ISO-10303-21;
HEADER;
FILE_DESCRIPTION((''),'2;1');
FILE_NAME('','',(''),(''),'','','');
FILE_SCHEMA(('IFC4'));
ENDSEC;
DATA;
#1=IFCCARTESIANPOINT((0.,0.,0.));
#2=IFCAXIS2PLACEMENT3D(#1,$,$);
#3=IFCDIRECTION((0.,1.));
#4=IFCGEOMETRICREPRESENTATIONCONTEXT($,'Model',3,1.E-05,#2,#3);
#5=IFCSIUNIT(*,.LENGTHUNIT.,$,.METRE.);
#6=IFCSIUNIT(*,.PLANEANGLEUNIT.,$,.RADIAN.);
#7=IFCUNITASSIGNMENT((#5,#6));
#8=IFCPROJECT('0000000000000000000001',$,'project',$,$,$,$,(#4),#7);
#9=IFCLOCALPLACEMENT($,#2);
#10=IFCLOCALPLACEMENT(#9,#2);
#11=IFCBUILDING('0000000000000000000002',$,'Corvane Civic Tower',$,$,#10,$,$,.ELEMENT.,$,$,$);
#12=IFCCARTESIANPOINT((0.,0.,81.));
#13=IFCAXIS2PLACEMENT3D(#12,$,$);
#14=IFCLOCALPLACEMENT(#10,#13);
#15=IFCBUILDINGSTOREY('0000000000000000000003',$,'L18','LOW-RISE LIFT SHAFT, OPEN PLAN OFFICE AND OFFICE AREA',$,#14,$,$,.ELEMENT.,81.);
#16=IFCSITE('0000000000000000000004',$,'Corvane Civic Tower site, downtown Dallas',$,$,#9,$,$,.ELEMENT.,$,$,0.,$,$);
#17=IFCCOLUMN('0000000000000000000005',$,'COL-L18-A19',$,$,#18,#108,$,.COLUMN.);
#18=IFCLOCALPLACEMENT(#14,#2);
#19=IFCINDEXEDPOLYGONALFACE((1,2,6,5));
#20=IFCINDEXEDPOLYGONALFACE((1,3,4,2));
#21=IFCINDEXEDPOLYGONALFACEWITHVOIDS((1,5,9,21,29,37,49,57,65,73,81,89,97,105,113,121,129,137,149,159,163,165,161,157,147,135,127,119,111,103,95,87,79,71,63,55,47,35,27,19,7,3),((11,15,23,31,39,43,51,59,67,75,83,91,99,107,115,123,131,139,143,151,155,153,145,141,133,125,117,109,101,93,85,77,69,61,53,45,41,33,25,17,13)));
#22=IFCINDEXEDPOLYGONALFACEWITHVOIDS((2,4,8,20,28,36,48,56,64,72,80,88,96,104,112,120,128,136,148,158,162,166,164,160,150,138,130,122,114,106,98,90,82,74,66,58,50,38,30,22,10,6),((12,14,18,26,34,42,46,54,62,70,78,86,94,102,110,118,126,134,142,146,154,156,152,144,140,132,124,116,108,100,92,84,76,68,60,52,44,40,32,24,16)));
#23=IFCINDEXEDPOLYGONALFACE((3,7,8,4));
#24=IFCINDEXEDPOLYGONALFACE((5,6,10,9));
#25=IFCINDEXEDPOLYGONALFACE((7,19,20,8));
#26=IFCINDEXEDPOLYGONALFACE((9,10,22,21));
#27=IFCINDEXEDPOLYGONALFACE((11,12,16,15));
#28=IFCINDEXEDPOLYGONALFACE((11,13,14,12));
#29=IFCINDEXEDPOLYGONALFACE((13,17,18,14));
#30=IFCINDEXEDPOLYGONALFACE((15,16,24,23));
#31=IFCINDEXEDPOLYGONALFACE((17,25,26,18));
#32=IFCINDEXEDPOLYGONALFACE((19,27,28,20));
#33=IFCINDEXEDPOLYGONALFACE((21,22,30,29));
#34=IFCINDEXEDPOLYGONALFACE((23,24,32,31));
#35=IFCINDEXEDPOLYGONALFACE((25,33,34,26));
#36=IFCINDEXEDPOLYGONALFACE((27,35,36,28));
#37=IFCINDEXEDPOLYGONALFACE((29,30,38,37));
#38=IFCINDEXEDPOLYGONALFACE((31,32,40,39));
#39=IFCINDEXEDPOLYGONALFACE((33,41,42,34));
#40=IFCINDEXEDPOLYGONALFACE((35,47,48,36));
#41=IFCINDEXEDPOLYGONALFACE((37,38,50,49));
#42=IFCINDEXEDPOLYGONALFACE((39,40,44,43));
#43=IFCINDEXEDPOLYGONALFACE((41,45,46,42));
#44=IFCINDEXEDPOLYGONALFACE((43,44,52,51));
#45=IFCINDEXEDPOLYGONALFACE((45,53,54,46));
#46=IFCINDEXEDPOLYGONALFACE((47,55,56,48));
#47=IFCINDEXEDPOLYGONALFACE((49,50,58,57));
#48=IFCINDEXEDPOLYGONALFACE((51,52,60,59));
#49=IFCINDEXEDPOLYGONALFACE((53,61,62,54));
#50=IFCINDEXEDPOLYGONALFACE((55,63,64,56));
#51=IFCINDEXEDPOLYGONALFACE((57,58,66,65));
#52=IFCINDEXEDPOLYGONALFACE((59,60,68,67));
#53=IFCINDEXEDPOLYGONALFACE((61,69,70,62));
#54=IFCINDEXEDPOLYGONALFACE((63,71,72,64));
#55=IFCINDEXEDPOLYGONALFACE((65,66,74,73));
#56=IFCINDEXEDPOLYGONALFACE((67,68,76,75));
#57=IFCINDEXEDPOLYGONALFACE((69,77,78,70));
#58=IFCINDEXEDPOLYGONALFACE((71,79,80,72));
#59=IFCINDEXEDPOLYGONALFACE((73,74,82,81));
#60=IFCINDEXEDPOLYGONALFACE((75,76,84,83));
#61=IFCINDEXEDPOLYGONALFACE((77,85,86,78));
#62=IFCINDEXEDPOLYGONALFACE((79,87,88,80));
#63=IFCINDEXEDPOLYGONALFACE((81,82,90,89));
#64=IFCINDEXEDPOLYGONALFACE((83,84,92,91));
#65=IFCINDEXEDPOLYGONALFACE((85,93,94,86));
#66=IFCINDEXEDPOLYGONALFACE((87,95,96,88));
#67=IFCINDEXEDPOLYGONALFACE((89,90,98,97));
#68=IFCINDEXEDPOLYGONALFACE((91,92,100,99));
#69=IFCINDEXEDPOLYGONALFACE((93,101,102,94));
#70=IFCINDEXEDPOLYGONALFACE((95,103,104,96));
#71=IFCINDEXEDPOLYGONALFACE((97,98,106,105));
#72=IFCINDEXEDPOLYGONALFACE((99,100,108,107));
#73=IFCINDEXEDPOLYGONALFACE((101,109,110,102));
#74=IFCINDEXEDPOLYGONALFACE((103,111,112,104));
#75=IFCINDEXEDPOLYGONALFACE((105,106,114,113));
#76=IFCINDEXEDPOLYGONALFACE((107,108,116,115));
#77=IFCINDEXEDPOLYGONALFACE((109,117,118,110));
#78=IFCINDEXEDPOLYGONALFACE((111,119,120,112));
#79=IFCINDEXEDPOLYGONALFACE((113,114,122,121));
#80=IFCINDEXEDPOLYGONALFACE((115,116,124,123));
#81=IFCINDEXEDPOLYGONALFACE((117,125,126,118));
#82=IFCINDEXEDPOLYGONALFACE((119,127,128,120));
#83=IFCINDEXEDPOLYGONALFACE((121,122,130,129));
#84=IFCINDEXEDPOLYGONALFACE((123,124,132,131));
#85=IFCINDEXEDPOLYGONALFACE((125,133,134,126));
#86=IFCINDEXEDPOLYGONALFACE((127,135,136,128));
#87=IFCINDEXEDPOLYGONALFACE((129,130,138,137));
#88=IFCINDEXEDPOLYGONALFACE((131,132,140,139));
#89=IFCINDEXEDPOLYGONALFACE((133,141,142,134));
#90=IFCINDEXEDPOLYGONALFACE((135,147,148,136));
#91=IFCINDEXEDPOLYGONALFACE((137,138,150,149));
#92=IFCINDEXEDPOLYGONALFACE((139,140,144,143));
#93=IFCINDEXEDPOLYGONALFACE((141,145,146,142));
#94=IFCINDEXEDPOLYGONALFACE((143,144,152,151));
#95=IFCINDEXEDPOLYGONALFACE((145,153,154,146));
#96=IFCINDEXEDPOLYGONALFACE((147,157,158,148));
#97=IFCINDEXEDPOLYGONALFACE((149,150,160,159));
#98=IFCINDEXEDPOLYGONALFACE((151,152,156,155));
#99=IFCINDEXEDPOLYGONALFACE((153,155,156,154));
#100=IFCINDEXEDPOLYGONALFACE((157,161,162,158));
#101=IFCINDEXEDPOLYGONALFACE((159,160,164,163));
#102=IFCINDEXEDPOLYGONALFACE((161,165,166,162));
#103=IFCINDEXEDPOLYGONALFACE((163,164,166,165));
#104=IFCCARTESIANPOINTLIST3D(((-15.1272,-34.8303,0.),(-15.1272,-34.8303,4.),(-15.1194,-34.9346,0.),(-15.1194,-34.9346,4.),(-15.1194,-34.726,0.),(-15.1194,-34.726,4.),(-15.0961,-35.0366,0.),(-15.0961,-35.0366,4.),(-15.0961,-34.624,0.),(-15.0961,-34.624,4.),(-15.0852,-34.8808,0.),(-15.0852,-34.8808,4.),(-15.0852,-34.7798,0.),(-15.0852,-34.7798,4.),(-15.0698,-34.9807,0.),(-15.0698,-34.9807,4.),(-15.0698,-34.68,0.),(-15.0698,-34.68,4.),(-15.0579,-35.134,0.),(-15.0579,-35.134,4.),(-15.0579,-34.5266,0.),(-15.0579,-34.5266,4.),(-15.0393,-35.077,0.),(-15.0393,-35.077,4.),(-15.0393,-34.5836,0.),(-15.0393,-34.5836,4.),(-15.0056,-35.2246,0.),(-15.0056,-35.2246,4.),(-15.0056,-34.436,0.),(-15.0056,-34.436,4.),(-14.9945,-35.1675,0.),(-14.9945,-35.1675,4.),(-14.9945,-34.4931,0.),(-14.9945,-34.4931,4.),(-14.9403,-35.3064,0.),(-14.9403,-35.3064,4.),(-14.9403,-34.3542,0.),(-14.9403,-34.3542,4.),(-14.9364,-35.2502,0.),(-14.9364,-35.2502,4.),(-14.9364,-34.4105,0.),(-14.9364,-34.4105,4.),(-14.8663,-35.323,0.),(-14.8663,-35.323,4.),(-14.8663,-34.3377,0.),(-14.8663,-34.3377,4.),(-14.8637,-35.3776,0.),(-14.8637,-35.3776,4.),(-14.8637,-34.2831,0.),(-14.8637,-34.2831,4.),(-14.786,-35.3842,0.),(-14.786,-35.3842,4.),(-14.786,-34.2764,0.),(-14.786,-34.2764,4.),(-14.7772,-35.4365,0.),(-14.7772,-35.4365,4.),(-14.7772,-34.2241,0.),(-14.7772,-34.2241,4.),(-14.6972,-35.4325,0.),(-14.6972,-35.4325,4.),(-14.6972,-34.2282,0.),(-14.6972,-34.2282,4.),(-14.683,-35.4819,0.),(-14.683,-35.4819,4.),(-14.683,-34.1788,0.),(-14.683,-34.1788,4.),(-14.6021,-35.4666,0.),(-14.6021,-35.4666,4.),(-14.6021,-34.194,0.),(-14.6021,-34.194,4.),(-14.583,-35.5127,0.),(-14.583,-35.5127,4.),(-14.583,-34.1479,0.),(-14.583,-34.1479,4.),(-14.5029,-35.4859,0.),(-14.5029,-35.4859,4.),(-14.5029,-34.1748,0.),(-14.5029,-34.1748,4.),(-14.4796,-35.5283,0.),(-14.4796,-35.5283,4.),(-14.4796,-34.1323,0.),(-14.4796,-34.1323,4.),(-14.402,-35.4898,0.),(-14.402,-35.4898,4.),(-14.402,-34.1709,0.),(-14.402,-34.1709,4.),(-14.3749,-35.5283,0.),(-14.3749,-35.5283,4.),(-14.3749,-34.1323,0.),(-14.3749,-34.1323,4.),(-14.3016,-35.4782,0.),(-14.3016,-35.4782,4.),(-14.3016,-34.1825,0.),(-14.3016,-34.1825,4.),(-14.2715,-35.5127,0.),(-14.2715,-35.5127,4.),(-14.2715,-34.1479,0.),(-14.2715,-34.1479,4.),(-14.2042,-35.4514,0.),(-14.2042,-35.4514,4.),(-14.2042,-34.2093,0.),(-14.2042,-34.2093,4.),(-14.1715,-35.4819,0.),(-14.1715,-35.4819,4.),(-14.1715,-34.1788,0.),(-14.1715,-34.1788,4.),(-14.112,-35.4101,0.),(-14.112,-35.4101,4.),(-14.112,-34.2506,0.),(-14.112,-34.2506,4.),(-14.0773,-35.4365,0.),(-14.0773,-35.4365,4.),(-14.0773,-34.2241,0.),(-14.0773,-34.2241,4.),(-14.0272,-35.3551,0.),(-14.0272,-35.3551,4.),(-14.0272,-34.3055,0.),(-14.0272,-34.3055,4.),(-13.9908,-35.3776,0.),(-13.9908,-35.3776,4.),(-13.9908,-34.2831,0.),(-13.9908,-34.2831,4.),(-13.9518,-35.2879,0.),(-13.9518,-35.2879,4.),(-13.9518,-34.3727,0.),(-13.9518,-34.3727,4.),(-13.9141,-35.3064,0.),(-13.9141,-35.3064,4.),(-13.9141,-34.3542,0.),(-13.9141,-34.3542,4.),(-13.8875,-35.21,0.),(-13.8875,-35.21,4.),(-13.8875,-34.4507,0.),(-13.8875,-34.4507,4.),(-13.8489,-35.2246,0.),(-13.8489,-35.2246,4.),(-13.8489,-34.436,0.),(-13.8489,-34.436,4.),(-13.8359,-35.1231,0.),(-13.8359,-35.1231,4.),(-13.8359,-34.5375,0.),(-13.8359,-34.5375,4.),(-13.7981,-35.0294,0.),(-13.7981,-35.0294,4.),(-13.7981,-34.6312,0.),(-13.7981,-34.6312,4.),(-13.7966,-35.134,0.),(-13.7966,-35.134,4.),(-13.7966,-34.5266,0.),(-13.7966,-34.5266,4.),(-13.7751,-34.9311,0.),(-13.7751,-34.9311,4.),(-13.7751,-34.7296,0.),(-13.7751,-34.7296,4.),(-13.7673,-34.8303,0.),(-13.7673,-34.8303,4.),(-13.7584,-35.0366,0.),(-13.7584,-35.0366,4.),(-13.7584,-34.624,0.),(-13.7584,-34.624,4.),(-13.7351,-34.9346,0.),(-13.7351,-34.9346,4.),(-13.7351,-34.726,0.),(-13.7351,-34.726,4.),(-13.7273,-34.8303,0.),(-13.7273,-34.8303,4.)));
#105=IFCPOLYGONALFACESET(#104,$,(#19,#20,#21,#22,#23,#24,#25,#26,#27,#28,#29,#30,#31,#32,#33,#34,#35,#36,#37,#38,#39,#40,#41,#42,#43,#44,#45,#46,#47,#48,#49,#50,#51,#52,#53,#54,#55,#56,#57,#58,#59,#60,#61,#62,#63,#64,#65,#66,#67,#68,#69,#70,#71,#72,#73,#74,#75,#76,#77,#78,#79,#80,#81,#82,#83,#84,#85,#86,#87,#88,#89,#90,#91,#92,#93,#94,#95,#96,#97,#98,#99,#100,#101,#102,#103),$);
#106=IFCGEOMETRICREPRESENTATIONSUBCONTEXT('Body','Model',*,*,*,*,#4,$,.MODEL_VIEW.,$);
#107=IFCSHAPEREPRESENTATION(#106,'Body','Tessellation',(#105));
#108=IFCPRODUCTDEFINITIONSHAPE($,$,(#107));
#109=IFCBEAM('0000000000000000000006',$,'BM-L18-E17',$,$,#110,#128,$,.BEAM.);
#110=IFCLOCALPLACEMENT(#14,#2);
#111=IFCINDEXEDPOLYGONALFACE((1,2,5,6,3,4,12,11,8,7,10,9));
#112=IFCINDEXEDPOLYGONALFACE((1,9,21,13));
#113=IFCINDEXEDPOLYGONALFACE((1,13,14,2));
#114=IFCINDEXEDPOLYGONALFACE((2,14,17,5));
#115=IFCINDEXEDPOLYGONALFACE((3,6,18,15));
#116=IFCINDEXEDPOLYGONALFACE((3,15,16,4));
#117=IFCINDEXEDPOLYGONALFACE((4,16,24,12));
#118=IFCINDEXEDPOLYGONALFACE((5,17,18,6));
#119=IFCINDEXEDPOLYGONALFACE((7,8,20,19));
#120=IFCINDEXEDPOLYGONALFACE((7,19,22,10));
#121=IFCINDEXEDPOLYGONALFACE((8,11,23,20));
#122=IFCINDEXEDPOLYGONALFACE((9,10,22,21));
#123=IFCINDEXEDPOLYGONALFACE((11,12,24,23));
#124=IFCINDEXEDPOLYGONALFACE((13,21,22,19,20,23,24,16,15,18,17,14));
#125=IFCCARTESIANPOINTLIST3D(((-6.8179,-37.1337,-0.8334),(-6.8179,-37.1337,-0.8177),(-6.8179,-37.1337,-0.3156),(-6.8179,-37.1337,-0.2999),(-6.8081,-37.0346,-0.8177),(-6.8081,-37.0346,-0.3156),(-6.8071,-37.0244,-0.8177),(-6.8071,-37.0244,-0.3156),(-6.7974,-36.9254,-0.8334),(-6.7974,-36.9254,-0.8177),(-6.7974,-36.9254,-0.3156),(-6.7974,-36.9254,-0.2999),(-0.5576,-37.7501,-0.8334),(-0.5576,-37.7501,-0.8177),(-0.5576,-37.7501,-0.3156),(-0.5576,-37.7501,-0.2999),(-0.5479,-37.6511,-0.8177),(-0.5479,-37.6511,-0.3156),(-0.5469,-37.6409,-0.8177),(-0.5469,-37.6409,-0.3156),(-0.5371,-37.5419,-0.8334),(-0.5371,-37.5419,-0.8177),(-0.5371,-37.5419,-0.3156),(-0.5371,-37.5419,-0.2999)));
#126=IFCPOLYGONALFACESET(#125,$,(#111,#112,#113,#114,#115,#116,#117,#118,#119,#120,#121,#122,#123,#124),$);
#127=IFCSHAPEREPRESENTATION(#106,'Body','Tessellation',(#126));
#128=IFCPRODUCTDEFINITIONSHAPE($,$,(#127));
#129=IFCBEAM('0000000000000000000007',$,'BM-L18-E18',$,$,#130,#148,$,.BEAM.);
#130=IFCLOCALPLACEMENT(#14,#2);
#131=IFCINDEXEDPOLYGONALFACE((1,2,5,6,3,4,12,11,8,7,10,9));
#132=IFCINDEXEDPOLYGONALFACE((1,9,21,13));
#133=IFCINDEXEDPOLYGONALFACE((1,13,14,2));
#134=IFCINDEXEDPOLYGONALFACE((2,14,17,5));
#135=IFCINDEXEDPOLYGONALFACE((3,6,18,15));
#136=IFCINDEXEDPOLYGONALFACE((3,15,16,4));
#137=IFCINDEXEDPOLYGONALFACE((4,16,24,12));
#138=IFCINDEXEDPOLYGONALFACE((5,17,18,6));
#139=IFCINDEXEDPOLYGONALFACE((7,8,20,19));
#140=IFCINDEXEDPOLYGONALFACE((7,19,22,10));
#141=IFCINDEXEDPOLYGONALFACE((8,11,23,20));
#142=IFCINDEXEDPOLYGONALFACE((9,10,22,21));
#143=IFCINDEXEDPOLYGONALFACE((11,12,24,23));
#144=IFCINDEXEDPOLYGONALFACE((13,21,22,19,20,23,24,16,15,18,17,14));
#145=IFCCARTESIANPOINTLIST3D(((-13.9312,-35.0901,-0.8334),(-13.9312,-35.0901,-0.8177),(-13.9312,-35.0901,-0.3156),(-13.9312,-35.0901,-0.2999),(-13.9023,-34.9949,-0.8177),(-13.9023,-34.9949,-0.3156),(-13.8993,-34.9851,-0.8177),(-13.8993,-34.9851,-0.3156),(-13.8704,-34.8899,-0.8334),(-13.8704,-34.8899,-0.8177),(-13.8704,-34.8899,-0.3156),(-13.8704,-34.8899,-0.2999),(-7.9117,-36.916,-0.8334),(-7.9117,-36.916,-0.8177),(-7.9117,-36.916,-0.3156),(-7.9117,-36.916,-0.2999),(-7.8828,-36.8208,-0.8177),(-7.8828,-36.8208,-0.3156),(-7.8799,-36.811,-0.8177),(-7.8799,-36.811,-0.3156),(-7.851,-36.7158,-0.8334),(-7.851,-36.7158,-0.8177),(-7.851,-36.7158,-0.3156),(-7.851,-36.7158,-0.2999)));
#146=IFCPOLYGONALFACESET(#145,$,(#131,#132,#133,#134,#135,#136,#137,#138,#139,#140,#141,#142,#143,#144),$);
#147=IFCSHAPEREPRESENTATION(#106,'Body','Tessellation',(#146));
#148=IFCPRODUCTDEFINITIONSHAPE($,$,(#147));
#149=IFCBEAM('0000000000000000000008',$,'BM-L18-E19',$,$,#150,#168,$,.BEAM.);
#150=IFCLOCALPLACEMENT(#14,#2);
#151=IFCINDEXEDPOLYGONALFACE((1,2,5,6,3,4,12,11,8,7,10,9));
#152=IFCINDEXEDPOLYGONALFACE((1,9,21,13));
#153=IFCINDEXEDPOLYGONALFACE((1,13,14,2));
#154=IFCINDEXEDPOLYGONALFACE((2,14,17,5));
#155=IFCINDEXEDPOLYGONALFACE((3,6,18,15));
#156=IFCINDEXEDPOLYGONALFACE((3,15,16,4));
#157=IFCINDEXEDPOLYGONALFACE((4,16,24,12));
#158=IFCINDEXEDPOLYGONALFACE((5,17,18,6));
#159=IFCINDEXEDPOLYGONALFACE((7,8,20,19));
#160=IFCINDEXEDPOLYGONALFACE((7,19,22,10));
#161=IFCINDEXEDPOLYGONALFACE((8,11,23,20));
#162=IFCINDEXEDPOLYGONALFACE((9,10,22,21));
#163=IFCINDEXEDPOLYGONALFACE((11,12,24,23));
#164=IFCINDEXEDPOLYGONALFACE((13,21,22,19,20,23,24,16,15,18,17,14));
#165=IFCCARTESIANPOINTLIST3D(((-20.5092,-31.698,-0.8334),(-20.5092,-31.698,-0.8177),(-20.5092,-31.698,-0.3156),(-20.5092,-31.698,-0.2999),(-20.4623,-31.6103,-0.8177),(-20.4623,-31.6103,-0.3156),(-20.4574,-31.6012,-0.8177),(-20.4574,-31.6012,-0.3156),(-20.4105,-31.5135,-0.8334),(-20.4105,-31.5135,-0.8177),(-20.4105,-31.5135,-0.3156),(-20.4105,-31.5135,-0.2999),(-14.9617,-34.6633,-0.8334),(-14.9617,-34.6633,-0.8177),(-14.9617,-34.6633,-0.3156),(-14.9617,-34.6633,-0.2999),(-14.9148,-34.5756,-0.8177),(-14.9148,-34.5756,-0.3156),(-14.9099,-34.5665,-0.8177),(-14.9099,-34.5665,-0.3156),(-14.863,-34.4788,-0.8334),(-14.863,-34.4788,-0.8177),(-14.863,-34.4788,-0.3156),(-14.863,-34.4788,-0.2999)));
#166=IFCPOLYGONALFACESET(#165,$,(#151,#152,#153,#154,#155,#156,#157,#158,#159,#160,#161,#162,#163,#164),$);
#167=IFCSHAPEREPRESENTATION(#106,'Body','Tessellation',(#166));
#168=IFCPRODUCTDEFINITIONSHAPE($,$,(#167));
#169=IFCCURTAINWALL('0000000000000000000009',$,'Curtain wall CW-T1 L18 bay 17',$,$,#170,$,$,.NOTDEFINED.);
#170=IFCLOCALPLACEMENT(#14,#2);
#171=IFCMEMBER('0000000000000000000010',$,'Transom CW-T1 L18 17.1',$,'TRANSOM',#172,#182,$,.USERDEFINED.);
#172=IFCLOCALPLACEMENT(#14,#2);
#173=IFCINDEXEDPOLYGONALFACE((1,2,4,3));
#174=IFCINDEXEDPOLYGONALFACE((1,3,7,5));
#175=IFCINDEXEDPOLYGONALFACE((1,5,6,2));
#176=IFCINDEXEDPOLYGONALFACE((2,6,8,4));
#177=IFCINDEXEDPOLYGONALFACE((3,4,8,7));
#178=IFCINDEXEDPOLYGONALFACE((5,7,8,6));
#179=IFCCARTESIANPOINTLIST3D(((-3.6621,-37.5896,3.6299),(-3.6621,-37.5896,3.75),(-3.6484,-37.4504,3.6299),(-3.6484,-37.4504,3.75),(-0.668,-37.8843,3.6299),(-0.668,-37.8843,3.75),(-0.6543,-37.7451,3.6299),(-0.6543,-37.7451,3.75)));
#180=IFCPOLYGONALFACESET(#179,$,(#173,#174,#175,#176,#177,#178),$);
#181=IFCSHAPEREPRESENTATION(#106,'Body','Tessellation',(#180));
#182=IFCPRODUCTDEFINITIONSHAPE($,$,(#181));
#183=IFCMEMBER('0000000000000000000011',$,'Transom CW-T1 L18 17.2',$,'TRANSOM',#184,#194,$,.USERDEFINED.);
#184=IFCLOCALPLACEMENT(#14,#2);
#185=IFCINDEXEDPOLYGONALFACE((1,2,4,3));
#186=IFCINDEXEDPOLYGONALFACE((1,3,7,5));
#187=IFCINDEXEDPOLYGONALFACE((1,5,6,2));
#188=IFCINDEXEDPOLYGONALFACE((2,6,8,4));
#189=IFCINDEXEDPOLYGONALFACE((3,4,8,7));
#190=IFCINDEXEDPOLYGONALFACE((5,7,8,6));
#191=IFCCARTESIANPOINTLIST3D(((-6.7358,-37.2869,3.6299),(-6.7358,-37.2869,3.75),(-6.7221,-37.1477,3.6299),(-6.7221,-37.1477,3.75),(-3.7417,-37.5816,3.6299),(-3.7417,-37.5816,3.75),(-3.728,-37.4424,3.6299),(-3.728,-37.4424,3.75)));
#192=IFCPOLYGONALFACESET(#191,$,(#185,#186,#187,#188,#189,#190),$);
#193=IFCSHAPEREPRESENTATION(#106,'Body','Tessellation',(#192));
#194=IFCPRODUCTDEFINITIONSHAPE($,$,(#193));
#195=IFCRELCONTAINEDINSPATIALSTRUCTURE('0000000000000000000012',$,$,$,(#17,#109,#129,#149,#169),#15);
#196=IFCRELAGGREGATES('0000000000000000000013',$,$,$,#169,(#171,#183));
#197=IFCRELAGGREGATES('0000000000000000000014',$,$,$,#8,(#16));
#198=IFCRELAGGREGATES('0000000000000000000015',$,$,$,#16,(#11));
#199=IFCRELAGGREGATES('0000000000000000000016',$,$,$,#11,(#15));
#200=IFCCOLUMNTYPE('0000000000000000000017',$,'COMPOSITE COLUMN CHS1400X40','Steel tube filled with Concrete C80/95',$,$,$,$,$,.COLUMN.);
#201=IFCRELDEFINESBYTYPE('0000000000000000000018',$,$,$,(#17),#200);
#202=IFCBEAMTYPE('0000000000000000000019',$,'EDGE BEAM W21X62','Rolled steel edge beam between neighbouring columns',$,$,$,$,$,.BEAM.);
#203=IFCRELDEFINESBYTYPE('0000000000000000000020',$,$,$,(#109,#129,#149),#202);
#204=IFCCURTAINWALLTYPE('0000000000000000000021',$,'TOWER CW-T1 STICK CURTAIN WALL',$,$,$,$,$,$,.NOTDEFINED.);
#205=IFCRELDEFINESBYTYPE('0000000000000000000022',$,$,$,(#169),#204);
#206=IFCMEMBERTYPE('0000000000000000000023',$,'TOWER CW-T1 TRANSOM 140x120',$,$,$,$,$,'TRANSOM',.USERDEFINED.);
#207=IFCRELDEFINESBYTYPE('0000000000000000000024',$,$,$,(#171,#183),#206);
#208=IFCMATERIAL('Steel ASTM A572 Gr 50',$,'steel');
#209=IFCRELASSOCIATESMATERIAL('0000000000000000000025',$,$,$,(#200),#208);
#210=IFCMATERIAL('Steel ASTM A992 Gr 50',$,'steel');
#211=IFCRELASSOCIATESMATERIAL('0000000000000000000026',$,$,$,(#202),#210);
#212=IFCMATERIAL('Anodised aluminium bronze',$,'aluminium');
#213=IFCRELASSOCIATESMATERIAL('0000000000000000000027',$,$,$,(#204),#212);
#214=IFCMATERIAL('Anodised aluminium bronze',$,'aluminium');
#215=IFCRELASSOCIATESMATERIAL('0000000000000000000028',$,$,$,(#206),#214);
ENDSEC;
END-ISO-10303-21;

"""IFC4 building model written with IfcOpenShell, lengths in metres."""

from ifc_helpers import new_model, si_unit, direction, frame, origin, origin_2d, place, context, subcontext, project, spatial, rectangle, hollow_circle, i_section, extrude, material, material_profile, profile_set, type_object, element, aggregate, save


model = new_model("IFC4")

# Units and contexts
model_context = context("Model", 3, precision=1e-05, world=origin(), true_north=direction((0.0, 1.0)))
body_context = subcontext(model_context, "Body", "Model", "MODEL_VIEW")
ifc_project = project(units=[si_unit("LENGTHUNIT", "METRE"), si_unit("PLANEANGLEUNIT", "RADIAN")], contexts=[model_context])

# Site, building, storey
site_placement = place(None, origin())
site = spatial("IfcSite", under=ifc_project, at=site_placement, Name="Corvane Civic Tower site, downtown Dallas", CompositionType="ELEMENT", RefElevation=0.0)
building_placement = place(site_placement, origin())
building = spatial("IfcBuilding", under=site, at=building_placement, Name="Corvane Civic Tower", CompositionType="ELEMENT")
storey_placement = place(building_placement, frame((0.0, 0.0, 81.0)))
storey = spatial("IfcBuildingStorey", under=building, at=storey_placement, Name="L18", Description="LOW-RISE LIFT SHAFT, OPEN PLAN OFFICE AND OFFICE AREA", CompositionType="ELEMENT", Elevation=81.0)

# Column
ifc_material_1 = material(Name="Steel ASTM A572 Gr 50", Category="steel")
ifc_material_profile_1 = material_profile(ifc_material_1, hollow_circle(Radius=0.7, WallThickness=0.04, at=origin_2d()), Name="CHS1400X40")
ifc_profile_set_1 = profile_set([ifc_material_profile_1], Name="Steel ASTM A572 Gr 50")
column_type = type_object("IfcColumnType", Name="COMPOSITE COLUMN CHS1400X40", Description="Steel tube filled with Concrete C80/95", PredefinedType="COLUMN", material=ifc_profile_set_1)
for number, where, z_axis, x_axis, name in (
    (1, (-14.4272, -34.8303, 0.0), (0.0, 0.0, 1.0), (1.0, 0.0, 0.0), "COL-L18-A19"),
):
    element("IfcColumn", number, at=place(storey_placement, frame(where, z_axis=z_axis, x_axis=x_axis)), inside=storey, type_object=column_type, Name=name, PredefinedType="COLUMN", context=body_context, shape_type="SweptSolid", body=[
        extrude(hollow_circle(Radius=0.7, WallThickness=0.04, at=origin_2d()), origin(), (0.0, 0.0, 1.0), 4.0),
    ])

# Beams
ifc_material_2 = material(Name="Steel ASTM A992 Gr 50", Category="steel")
ifc_material_profile_2 = material_profile(ifc_material_2, i_section(OverallWidth=0.2092, OverallDepth=0.5334, WebThickness=0.0103, FlangeThickness=0.0156, at=origin_2d()), Name="W21X62")
ifc_profile_set_2 = profile_set([ifc_material_profile_2], Name="Steel ASTM A992 Gr 50")
beam_type = type_object("IfcBeamType", Name="EDGE BEAM W21X62", Description="Rolled steel edge beam between neighbouring columns", PredefinedType="BEAM", material=ifc_profile_set_2)
beam_placement = place(storey_placement, frame((-0.5474, -37.646, -0.5667), z_axis=(-0.995187, 0.097997, 0.0), x_axis=(-0.097997, -0.995187, 0.0)))
element("IfcBeam", 2, at=beam_placement, inside=storey, type_object=beam_type, Name="BM-L18-E17", PredefinedType="BEAM", context=body_context, shape_type="SweptSolid", body=[
    extrude(i_section(OverallWidth=0.2092, OverallDepth=0.5334, WebThickness=0.0103, FlangeThickness=0.0156, at=origin_2d()), origin(), (0.0, 0.0, 1.0), 6.2905),
])
for number, where, z_axis, x_axis, name in (
    (3, (-7.8813, -36.8159, -0.5667), (-0.956944, 0.290273, 0.0), (-0.290273, -0.956944, 0.0), "BM-L18-E18"),
    (4, (-14.9124, -34.571, -0.5667), (-0.881916, 0.471406, 0.0), (-0.471406, -0.881916, 0.0), "BM-L18-E19"),
):
    element("IfcBeam", number, at=place(storey_placement, frame(where, z_axis=z_axis, x_axis=x_axis)), inside=storey, type_object=beam_type, Name=name, PredefinedType="BEAM", context=body_context, shape_type="SweptSolid", body=[
        extrude(i_section(OverallWidth=0.2092, OverallDepth=0.5334, WebThickness=0.0103, FlangeThickness=0.0156, at=origin_2d()), origin(), (0.0, 0.0, 1.0), 6.2903),
    ])

# Curtain wall, members
ifc_material_3 = material(Name="Anodised aluminium bronze", Category="aluminium")
curtain_wall_type = type_object("IfcCurtainWallType", Name="TOWER CW-T1 STICK CURTAIN WALL", PredefinedType="NOTDEFINED", material=ifc_material_3)
curtain_wall_1_placement = place(storey_placement, origin())
curtain_wall_1 = element("IfcCurtainWall", 5, at=curtain_wall_1_placement, inside=storey, type_object=curtain_wall_type, Name="Curtain wall CW-T1 L18 bay 17", PredefinedType="NOTDEFINED")
ifc_material_4 = material(Name="Anodised aluminium bronze", Category="aluminium")
ifc_material_profile_3 = material_profile(ifc_material_4, rectangle(XDim=0.1399, YDim=0.1201, at=origin_2d()), Name="TOWER CW-T1 TRANSOM 140x120")
ifc_profile_set_3 = profile_set([ifc_material_profile_3], Name="Anodised aluminium bronze")
member_type_1 = type_object("IfcMemberType", Name="TOWER CW-T1 TRANSOM 140x120", ElementType="TRANSOM", PredefinedType="USERDEFINED", material=ifc_profile_set_3)
member_1_placement = place(storey_placement, frame((-0.6611, -37.8147, 3.6899), z_axis=(-0.995192, 0.097945, 0.0), x_axis=(-0.097945, -0.995192, 0.0)))
member_1 = element("IfcMember", 6, at=member_1_placement, type_object=member_type_1, Name="Transom CW-T1 L18 17.1", ObjectType="TRANSOM", PredefinedType="USERDEFINED", context=body_context, shape_type="SweptSolid", body=[
    extrude(rectangle(XDim=0.1399, YDim=0.1201, at=origin_2d()), origin(), (0.0, 0.0, 1.0), 3.0085),
])
member_2_placement = place(storey_placement, frame((-3.7349, -37.512, 3.6899), z_axis=(-0.995192, 0.097945, 0.0), x_axis=(-0.097945, -0.995192, 0.0)))
member_2 = element("IfcMember", 7, at=member_2_placement, type_object=member_type_1, Name="Transom CW-T1 L18 17.2", ObjectType="TRANSOM", PredefinedType="USERDEFINED", context=body_context, shape_type="SweptSolid", body=[
    extrude(rectangle(XDim=0.1399, YDim=0.1201, at=origin_2d()), origin(), (0.0, 0.0, 1.0), 3.0085),
])

aggregate(curtain_wall_1, [member_1, member_2])

save(model, "model.ifc")
